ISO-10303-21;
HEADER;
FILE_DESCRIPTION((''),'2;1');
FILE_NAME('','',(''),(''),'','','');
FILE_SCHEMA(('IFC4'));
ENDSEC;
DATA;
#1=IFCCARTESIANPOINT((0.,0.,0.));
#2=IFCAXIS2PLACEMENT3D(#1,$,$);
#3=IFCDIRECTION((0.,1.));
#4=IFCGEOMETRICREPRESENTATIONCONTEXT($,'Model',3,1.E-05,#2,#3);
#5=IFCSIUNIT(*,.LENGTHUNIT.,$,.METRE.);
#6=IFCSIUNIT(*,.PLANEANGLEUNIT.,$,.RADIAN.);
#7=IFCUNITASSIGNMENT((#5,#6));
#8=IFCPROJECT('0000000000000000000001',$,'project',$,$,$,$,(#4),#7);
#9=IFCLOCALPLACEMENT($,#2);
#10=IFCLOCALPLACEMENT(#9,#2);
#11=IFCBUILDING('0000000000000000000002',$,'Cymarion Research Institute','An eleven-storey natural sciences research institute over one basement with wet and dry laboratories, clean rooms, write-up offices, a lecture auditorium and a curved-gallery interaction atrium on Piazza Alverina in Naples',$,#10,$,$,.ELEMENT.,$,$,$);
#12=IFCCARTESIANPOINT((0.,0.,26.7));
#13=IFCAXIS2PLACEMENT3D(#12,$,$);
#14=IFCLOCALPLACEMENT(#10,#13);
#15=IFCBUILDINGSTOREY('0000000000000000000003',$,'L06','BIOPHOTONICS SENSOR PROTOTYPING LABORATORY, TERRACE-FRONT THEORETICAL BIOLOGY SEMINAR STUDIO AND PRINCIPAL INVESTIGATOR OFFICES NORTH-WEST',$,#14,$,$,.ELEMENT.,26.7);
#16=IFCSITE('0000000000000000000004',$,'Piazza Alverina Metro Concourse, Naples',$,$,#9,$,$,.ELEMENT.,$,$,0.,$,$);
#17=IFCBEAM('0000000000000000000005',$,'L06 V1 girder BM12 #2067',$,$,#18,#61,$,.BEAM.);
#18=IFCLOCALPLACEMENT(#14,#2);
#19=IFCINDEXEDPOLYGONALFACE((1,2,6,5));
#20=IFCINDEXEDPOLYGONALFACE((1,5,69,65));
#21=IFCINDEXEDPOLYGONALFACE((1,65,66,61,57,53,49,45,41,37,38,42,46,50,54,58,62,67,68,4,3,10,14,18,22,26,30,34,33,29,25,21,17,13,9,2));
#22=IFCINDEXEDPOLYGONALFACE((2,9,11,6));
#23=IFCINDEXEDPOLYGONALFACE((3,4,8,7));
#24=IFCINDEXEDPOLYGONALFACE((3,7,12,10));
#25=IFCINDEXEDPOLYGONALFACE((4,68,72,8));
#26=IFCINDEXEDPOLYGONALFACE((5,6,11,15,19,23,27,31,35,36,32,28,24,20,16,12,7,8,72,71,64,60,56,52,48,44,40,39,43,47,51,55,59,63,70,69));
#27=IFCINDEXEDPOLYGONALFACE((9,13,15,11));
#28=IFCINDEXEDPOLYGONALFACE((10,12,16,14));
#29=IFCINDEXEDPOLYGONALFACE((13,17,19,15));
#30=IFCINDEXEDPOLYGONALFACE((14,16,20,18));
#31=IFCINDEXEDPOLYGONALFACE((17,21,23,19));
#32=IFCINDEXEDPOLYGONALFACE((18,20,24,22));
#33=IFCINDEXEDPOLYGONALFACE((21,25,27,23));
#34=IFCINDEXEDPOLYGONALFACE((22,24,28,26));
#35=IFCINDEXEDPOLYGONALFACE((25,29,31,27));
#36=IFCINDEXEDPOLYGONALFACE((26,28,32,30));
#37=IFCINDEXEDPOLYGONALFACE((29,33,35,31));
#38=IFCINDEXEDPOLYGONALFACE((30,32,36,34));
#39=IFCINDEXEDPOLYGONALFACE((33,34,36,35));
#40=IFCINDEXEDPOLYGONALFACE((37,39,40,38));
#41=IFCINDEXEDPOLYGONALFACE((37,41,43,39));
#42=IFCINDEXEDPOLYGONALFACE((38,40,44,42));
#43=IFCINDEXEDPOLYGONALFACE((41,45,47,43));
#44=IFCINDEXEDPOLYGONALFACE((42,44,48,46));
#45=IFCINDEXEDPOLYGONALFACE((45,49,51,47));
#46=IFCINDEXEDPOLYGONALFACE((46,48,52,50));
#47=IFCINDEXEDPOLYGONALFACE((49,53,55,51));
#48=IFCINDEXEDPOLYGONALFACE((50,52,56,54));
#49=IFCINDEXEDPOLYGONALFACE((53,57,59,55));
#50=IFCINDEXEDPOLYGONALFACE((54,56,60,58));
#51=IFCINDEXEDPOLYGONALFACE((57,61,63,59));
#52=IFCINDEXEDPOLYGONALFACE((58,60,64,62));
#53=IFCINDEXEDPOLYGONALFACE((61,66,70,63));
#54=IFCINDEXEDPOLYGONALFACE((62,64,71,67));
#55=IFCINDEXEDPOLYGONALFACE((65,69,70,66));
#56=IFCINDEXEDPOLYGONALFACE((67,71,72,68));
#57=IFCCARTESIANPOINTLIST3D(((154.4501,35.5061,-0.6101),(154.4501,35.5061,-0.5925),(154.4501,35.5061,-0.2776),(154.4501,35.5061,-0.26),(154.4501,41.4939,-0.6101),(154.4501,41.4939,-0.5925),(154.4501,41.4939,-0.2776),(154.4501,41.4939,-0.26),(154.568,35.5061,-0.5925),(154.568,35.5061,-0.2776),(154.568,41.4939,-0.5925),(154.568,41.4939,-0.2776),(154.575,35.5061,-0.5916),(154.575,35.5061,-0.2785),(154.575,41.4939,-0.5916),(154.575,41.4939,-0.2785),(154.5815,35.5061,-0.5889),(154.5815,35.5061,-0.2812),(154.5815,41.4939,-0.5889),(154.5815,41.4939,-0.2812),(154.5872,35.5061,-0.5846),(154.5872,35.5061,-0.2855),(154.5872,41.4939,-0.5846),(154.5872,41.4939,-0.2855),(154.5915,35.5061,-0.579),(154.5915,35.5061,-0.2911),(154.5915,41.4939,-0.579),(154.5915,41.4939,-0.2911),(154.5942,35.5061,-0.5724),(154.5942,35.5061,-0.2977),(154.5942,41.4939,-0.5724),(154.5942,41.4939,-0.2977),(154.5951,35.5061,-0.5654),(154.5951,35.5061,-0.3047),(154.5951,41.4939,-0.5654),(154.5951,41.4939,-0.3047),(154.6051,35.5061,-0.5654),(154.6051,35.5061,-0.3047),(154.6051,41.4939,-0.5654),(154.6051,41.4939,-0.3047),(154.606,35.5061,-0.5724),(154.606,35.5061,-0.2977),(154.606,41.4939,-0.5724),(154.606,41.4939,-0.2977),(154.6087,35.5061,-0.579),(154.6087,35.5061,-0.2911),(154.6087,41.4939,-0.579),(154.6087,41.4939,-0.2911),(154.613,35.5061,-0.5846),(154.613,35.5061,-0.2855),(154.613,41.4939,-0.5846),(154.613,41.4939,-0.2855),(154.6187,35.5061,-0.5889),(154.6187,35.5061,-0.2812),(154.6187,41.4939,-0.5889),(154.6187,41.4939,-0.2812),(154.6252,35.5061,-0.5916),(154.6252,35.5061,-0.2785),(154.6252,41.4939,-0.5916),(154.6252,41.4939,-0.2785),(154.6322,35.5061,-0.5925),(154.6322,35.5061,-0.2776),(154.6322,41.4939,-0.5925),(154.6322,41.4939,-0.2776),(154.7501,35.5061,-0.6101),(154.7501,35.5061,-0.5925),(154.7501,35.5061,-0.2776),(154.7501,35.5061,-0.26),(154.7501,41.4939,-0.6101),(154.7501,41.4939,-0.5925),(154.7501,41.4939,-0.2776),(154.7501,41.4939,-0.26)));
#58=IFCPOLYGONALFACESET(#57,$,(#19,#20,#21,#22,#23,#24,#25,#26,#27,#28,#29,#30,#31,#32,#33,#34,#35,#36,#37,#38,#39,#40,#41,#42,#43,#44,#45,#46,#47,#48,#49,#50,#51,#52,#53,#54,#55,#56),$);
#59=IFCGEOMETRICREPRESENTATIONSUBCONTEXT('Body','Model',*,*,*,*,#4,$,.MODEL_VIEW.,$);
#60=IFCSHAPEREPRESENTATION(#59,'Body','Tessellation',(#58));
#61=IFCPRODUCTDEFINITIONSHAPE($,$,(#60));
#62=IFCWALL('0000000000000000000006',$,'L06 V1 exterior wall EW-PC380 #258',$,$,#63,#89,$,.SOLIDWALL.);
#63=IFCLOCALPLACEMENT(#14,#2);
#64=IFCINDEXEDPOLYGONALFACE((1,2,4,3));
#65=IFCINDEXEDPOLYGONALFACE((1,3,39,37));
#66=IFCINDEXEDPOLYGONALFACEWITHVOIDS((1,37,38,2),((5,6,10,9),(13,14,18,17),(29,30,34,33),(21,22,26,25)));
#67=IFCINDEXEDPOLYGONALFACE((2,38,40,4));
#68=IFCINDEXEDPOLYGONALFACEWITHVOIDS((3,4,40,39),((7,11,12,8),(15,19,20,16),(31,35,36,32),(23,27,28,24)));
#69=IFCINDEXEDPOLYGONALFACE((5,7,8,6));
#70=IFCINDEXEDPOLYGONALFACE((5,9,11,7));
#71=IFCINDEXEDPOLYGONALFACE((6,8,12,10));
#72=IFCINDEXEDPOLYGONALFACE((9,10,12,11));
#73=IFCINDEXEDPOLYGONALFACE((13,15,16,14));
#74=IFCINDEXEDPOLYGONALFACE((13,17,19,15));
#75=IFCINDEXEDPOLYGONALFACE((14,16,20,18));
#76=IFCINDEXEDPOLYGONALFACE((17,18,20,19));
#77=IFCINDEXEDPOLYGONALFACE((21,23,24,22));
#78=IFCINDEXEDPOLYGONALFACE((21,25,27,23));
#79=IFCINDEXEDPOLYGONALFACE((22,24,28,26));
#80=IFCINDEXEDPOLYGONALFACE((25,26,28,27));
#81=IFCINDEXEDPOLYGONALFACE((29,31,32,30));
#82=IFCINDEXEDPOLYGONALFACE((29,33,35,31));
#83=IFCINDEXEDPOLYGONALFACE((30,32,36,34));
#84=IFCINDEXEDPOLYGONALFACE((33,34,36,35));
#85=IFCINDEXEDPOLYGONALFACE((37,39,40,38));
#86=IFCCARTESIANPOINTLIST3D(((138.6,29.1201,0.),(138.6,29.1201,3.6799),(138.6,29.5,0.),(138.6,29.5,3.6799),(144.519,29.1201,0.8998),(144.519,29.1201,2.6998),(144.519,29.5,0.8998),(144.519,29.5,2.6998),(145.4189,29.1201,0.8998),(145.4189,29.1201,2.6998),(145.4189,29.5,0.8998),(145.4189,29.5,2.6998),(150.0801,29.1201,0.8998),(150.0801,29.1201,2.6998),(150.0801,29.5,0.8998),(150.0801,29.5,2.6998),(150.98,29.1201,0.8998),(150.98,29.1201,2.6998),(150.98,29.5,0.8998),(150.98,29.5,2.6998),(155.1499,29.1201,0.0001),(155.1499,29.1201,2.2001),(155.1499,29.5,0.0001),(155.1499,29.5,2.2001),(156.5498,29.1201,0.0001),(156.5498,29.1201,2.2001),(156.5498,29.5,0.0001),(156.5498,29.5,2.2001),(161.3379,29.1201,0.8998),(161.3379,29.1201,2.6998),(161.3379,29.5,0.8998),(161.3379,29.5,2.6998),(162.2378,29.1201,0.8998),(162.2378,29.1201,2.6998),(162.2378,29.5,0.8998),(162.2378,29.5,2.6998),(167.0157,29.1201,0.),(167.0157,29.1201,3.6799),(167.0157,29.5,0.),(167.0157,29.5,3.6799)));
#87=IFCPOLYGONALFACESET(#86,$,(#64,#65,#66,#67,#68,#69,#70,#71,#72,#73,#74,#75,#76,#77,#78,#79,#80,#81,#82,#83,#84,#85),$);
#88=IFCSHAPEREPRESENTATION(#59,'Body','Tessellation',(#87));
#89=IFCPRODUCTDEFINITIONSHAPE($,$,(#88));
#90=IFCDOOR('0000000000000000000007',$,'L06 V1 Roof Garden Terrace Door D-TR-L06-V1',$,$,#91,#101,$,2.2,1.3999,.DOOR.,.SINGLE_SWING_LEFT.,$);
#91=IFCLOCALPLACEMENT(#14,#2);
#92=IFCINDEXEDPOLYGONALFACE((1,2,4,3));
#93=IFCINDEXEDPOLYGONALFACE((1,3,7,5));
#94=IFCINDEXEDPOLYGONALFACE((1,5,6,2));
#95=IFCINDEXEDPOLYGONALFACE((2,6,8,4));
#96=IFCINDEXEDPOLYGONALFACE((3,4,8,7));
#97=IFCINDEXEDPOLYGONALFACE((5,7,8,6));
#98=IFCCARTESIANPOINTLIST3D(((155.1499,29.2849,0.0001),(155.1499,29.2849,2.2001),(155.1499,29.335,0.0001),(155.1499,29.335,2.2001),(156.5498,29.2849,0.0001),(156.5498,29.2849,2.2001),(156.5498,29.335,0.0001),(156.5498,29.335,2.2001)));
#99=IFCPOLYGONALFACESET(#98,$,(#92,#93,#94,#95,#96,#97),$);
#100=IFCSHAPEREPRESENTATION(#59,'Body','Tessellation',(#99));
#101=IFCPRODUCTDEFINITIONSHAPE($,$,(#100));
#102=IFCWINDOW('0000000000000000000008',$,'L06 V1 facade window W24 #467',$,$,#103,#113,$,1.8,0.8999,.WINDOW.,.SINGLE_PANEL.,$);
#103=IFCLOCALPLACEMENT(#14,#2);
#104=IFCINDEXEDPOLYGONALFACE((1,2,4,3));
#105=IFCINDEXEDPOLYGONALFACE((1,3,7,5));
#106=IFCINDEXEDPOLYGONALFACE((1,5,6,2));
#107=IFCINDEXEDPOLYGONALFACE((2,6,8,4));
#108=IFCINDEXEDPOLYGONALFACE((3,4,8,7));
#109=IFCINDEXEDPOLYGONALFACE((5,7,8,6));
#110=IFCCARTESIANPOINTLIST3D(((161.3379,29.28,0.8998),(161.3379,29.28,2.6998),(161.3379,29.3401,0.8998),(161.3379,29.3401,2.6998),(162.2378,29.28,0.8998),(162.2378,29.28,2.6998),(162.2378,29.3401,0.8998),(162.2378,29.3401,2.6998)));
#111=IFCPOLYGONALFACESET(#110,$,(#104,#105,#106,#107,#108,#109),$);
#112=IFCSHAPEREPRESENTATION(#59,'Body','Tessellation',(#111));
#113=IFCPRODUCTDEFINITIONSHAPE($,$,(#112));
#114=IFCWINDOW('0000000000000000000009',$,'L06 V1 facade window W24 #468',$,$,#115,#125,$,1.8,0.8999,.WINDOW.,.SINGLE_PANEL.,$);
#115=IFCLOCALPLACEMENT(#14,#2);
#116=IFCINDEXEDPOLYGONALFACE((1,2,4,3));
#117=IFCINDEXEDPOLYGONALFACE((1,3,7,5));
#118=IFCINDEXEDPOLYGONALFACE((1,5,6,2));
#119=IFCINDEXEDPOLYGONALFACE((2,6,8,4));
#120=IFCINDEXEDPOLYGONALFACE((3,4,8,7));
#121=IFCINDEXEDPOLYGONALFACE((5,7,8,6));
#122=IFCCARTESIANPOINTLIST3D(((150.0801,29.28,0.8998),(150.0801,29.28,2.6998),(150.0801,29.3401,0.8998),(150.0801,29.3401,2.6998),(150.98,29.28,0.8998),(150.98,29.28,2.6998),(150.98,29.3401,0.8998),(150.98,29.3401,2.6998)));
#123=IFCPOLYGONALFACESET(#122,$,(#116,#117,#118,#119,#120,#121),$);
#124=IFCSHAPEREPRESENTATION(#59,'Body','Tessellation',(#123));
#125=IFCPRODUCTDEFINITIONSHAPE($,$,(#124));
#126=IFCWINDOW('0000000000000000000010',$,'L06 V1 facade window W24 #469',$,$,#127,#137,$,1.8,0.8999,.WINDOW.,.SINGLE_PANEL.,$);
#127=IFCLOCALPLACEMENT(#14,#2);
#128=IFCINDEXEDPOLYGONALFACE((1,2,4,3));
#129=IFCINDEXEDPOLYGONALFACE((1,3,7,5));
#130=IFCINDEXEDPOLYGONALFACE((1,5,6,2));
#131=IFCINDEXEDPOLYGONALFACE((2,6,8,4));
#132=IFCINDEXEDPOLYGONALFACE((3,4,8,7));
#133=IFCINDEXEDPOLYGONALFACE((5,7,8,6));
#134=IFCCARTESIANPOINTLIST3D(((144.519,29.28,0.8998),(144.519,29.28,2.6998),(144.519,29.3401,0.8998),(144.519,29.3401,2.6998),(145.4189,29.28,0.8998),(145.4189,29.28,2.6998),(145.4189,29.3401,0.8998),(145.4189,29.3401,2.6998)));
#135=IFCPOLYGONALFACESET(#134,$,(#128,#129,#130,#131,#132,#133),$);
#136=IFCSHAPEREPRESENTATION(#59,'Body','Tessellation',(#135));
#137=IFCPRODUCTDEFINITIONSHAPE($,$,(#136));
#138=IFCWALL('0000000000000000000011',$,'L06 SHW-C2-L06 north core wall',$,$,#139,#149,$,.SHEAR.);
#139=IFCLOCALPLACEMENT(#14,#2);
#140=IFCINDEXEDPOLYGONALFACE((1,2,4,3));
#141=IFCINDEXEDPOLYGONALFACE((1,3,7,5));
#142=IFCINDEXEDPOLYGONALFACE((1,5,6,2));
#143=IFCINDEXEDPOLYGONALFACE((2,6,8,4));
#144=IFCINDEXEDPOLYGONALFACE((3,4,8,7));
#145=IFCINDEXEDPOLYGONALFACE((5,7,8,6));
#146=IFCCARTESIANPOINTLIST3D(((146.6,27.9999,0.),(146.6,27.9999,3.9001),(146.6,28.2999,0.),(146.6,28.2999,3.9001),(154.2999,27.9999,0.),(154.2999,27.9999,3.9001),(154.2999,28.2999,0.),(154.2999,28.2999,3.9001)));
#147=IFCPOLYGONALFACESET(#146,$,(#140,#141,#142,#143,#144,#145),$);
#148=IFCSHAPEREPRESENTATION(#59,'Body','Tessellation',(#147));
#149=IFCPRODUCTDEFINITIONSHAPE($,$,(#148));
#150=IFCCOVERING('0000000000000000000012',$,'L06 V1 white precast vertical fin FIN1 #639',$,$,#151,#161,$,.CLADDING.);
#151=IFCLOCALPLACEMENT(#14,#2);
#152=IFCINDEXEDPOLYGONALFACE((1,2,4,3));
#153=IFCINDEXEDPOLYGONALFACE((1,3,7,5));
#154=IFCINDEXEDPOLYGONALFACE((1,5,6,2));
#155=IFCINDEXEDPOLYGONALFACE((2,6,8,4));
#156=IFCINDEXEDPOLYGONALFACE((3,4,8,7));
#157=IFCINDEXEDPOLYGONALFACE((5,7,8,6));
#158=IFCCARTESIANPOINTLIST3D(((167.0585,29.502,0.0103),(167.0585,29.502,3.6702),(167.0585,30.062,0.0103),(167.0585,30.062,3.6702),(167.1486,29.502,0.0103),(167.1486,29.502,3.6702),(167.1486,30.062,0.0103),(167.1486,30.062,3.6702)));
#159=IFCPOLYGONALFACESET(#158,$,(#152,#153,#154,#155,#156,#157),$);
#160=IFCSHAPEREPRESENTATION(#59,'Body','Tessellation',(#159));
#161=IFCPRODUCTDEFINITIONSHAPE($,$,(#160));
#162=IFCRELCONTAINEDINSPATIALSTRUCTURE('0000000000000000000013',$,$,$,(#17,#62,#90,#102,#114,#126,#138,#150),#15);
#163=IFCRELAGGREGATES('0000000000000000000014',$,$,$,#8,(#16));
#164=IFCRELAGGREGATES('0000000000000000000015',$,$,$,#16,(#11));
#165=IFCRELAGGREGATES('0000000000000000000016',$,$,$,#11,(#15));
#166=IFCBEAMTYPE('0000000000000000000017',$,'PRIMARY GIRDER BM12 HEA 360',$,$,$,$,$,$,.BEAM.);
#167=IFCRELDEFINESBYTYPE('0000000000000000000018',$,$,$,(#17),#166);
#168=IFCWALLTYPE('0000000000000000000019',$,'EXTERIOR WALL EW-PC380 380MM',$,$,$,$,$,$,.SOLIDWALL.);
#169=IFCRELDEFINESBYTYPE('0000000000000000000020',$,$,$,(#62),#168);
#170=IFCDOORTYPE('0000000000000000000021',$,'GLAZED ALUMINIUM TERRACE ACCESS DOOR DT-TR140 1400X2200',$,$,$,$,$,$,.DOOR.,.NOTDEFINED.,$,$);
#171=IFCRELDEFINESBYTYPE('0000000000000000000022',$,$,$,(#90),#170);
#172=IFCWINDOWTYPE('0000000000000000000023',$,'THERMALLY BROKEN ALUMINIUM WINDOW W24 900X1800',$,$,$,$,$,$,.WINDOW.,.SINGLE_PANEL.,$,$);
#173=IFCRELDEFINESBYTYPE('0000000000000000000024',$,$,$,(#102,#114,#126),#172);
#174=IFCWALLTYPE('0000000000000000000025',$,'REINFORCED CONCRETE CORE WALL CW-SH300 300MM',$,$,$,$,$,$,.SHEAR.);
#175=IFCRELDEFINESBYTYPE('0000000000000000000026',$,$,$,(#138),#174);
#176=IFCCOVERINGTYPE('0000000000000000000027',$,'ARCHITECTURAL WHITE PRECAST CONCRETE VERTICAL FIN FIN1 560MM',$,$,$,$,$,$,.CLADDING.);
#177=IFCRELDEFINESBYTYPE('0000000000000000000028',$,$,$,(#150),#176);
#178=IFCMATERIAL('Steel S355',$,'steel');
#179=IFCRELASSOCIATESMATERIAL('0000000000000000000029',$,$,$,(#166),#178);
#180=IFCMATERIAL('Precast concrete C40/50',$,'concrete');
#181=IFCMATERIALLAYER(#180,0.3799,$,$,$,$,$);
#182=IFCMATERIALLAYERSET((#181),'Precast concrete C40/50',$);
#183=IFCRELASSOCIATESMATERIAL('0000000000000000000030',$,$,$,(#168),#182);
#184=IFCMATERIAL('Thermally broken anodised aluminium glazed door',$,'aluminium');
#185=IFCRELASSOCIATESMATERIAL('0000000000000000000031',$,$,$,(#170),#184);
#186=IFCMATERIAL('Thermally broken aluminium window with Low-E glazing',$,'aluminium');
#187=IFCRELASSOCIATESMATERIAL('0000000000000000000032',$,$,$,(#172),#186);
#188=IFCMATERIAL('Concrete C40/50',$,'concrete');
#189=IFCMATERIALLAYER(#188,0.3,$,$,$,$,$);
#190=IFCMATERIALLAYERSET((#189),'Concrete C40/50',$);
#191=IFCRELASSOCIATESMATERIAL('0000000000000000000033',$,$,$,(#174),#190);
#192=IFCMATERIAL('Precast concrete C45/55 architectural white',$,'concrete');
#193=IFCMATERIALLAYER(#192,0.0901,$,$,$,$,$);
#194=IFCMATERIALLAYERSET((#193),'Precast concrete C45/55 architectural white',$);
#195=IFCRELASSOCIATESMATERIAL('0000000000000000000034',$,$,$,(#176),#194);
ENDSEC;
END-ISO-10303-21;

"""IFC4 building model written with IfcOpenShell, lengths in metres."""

from ifc_helpers import new_model, si_unit, direction, frame, frame_2d, origin, origin_2d, place, context, subcontext, project, spatial, rectangle, i_section, extrude, material, layer, layer_set, material_profile, profile_set, type_object, element, fill, save


model = new_model("IFC4")

# Units and contexts
model_context = context("Model", 3, precision=1e-05, world=origin(), true_north=direction((0.0, 1.0)))
body_context = subcontext(model_context, "Body", "Model", "MODEL_VIEW")
ifc_project = project(units=[si_unit("LENGTHUNIT", "METRE"), si_unit("PLANEANGLEUNIT", "RADIAN")], contexts=[model_context])

# Site, building, storey
site_placement = place(None, origin())
site = spatial("IfcSite", under=ifc_project, at=site_placement, Name="Piazza Alverina Metro Concourse, Naples", CompositionType="ELEMENT", RefElevation=0.0)
building_placement = place(site_placement, origin())
building = spatial("IfcBuilding", under=site, at=building_placement, Name="Cymarion Research Institute", Description="An eleven-storey natural sciences research institute over one basement with wet and dry laboratories, clean rooms, write-up offices, a lecture auditorium and a curved-gallery interaction atrium on Piazza Alverina in Naples", CompositionType="ELEMENT")
storey_placement = place(building_placement, frame((0.0, 0.0, 26.7)))
storey = spatial("IfcBuildingStorey", under=building, at=storey_placement, Name="L06", Description="BIOPHOTONICS SENSOR PROTOTYPING LABORATORY, TERRACE-FRONT THEORETICAL BIOLOGY SEMINAR STUDIO AND PRINCIPAL INVESTIGATOR OFFICES NORTH-WEST", CompositionType="ELEMENT", Elevation=26.7)

# Shared definitions
ifc_material_1 = material(Name="Steel S355", Category="steel")

# Beam
ifc_material_profile_1 = material_profile(ifc_material_1, i_section(OverallWidth=0.3, OverallDepth=0.3501, WebThickness=0.01, FlangeThickness=0.0176, FilletRadius=0.0271, at=origin_2d()), Name="HEA 360")
ifc_profile_set_1 = profile_set([ifc_material_profile_1], Name="Steel S355")
beam_type_1 = type_object("IfcBeamType", Name="PRIMARY GIRDER BM12 HEA 360", PredefinedType="BEAM", material=ifc_profile_set_1)
for number, where, z_axis, x_axis, name in (
    (1, (154.6001, 35.5061, -0.4351), (0.0, 1.0, 0.0), (-1.0, 0.0, 0.0), "L06 V1 girder BM12 #2067"),
):
    element("IfcBeam", number, at=place(storey_placement, frame(where, z_axis=z_axis, x_axis=x_axis)), inside=storey, type_object=beam_type_1, Name=name, PredefinedType="BEAM", context=body_context, shape_type="SweptSolid", body=[
        extrude(i_section(OverallWidth=0.3, OverallDepth=0.3501, WebThickness=0.01, FlangeThickness=0.0176, FilletRadius=0.0271, at=origin_2d()), origin(), (0.0, 0.0, 1.0), 5.9878),
    ])

# Wall, openings, door, windows
ifc_material_2 = material(Name="Precast concrete C40/50", Category="concrete")
ifc_layer_1 = layer(ifc_material_2, 0.3799)
ifc_layer_set_1 = layer_set([ifc_layer_1], Name="Precast concrete C40/50")
wall_type_1 = type_object("IfcWallType", Name="EXTERIOR WALL EW-PC380 380MM", PredefinedType="SOLIDWALL", material=ifc_layer_set_1)
wall_1_placement = place(storey_placement, frame((167.0159, 29.3101, 0.0), z_axis=(0.0, 0.0, 1.0), x_axis=(-1.0, 0.0, 0.0)))
wall_1 = element("IfcWall", 2, at=wall_1_placement, inside=storey, type_object=wall_type_1, Name="L06 V1 exterior wall EW-PC380 #258", PredefinedType="SOLIDWALL", context=body_context, shape_type="SweptSolid", body=[
    extrude(rectangle(XDim=28.4158, YDim=0.3799, at=frame_2d((14.208, 0.0))), origin(), (0.0, 0.0, 1.0), 3.6799),
])
opening_1_placement = place(wall_1_placement, frame((10.4661, 0.0, 0.0)))
opening_1 = element("IfcOpeningElement", 3, at=opening_1_placement, cuts=wall_1, PredefinedType="OPENING", context=body_context, shape_type="SweptSolid", body=[
    extrude(rectangle(XDim=1.3999, YDim=2.2, at=frame_2d((0.7, 1.1001))), frame((0.0, 0.2, 0.0), z_axis=(0.0, -1.0, 0.0), x_axis=(1.0, 0.0, 0.0)), (0.0, 0.0, 1.0), 0.3999),
])
opening_2_placement = place(wall_1_placement, frame((4.7781, 0.0, 0.8999)))
opening_2 = element("IfcOpeningElement", 4, at=opening_2_placement, cuts=wall_1, PredefinedType="OPENING", context=body_context, shape_type="SweptSolid", body=[
    extrude(rectangle(XDim=0.8999, YDim=1.8, at=frame_2d((0.45, 0.8999))), frame((0.0, 0.2, 0.0), z_axis=(0.0, -1.0, 0.0), x_axis=(1.0, 0.0, 0.0)), (0.0, 0.0, 1.0), 0.3999),
])
opening_3_placement = place(wall_1_placement, frame((16.0359, 0.0, 0.8999)))
opening_3 = element("IfcOpeningElement", 5, at=opening_3_placement, cuts=wall_1, PredefinedType="OPENING", context=body_context, shape_type="SweptSolid", body=[
    extrude(rectangle(XDim=0.8999, YDim=1.8, at=frame_2d((0.45, 0.8999))), frame((0.0, 0.2, 0.0), z_axis=(0.0, -1.0, 0.0), x_axis=(1.0, 0.0, 0.0)), (0.0, 0.0, 1.0), 0.3999),
])
opening_4_placement = place(wall_1_placement, frame((21.5969, 0.0, 0.8999)))
opening_4 = element("IfcOpeningElement", 6, at=opening_4_placement, cuts=wall_1, PredefinedType="OPENING", context=body_context, shape_type="SweptSolid", body=[
    extrude(rectangle(XDim=0.8999, YDim=1.8, at=frame_2d((0.45, 0.8999))), frame((0.0, 0.2, 0.0), z_axis=(0.0, -1.0, 0.0), x_axis=(1.0, 0.0, 0.0)), (0.0, 0.0, 1.0), 0.3999),
])
ifc_material_3 = material(Name="Thermally broken anodised aluminium glazed door", Category="aluminium")
door_type = type_object("IfcDoorType", Name="GLAZED ALUMINIUM TERRACE ACCESS DOOR DT-TR140 1400X2200", OperationType="NOTDEFINED", PredefinedType="DOOR", material=ifc_material_3)
door_placement = place(opening_1_placement, frame((1.3999, 0.0, 0.0), z_axis=(0.0, 0.0, 1.0), x_axis=(-1.0, 0.0, 0.0)))
door = element("IfcDoor", 7, at=door_placement, inside=storey, type_object=door_type, Name="L06 V1 Roof Garden Terrace Door D-TR-L06-V1", OperationType="SINGLE_SWING_LEFT", OverallHeight=2.2, OverallWidth=1.3999, PredefinedType="DOOR", context=body_context, shape_type="SweptSolid", body=[
    extrude(rectangle(XDim=1.3999, YDim=2.2, at=frame_2d((0.7, 1.1001))), frame((0.0, 0.0249, 0.0), z_axis=(0.0, -1.0, 0.0), x_axis=(1.0, 0.0, 0.0)), (0.0, 0.0, 1.0), 0.05),
])
fill(opening_1, door)
ifc_material_4 = material(Name="Thermally broken aluminium window with Low-E glazing", Category="aluminium")
window_type = type_object("IfcWindowType", Name="THERMALLY BROKEN ALUMINIUM WINDOW W24 900X1800", PartitioningType="SINGLE_PANEL", PredefinedType="WINDOW", material=ifc_material_4)
window_1_placement = place(opening_2_placement, origin())
window_1 = element("IfcWindow", 8, at=window_1_placement, inside=storey, type_object=window_type, Name="L06 V1 facade window W24 #467", OverallHeight=1.8, OverallWidth=0.8999, PartitioningType="SINGLE_PANEL", PredefinedType="WINDOW", context=body_context, shape_type="SweptSolid", body=[
    extrude(rectangle(XDim=0.8999, YDim=1.8, at=frame_2d((0.45, 0.8999))), frame((0.0, 0.03, 0.0), z_axis=(0.0, -1.0, 0.0), x_axis=(1.0, 0.0, 0.0)), (0.0, 0.0, 1.0), 0.0601),
])
fill(opening_2, window_1)
window_2_placement = place(opening_3_placement, origin())
window_2 = element("IfcWindow", 9, at=window_2_placement, inside=storey, type_object=window_type, Name="L06 V1 facade window W24 #468", OverallHeight=1.8, OverallWidth=0.8999, PartitioningType="SINGLE_PANEL", PredefinedType="WINDOW", context=body_context, shape_type="SweptSolid", body=[
    extrude(rectangle(XDim=0.8999, YDim=1.8, at=frame_2d((0.45, 0.8999))), frame((0.0, 0.03, 0.0), z_axis=(0.0, -1.0, 0.0), x_axis=(1.0, 0.0, 0.0)), (0.0, 0.0, 1.0), 0.0601),
])
fill(opening_3, window_2)
window_3_placement = place(opening_4_placement, origin())
window_3 = element("IfcWindow", 10, at=window_3_placement, inside=storey, type_object=window_type, Name="L06 V1 facade window W24 #469", OverallHeight=1.8, OverallWidth=0.8999, PartitioningType="SINGLE_PANEL", PredefinedType="WINDOW", context=body_context, shape_type="SweptSolid", body=[
    extrude(rectangle(XDim=0.8999, YDim=1.8, at=frame_2d((0.45, 0.8999))), frame((0.0, 0.03, 0.0), z_axis=(0.0, -1.0, 0.0), x_axis=(1.0, 0.0, 0.0)), (0.0, 0.0, 1.0), 0.0601),
])
fill(opening_4, window_3)

# Wall
ifc_material_5 = material(Name="Concrete C40/50", Category="concrete")
ifc_layer_2 = layer(ifc_material_5, 0.3)
ifc_layer_set_2 = layer_set([ifc_layer_2], Name="Concrete C40/50")
wall_type_2 = type_object("IfcWallType", Name="REINFORCED CONCRETE CORE WALL CW-SH300 300MM", PredefinedType="SHEAR", material=ifc_layer_set_2)
wall_2_placement = place(storey_placement, frame((154.3, 28.1499, 0.0), z_axis=(0.0, 0.0, 1.0), x_axis=(-1.0, 0.0, 0.0)))
element("IfcWall", 11, at=wall_2_placement, inside=storey, type_object=wall_type_2, Name="L06 SHW-C2-L06 north core wall", PredefinedType="SHEAR", context=body_context, shape_type="SweptSolid", body=[
    extrude(rectangle(XDim=7.7, YDim=0.3, at=frame_2d((3.8501, 0.0))), origin(), (0.0, 0.0, 1.0), 3.9001),
])

# Covering
ifc_material_6 = material(Name="Precast concrete C45/55 architectural white", Category="concrete")
ifc_layer_3 = layer(ifc_material_6, 0.0901)
ifc_layer_set_3 = layer_set([ifc_layer_3], Name="Precast concrete C45/55 architectural white")
covering_type = type_object("IfcCoveringType", Name="ARCHITECTURAL WHITE PRECAST CONCRETE VERTICAL FIN FIN1 560MM", PredefinedType="CLADDING", material=ifc_layer_set_3)
for number, where, z_axis, x_axis, name in (
    (12, (167.1035, 29.782, 0.0103), (0.0, 0.0, 1.0), (0.0, 1.0, 0.0), "L06 V1 white precast vertical fin FIN1 #639"),
):
    element("IfcCovering", number, at=place(storey_placement, frame(where, z_axis=z_axis, x_axis=x_axis)), inside=storey, type_object=covering_type, Name=name, PredefinedType="CLADDING", context=body_context, shape_type="SweptSolid", body=[
        extrude(rectangle(XDim=0.5601, YDim=0.0901, at=origin_2d()), origin(), (0.0, 0.0, 1.0), 3.6599),
    ])

save(model, "model.ifc")
